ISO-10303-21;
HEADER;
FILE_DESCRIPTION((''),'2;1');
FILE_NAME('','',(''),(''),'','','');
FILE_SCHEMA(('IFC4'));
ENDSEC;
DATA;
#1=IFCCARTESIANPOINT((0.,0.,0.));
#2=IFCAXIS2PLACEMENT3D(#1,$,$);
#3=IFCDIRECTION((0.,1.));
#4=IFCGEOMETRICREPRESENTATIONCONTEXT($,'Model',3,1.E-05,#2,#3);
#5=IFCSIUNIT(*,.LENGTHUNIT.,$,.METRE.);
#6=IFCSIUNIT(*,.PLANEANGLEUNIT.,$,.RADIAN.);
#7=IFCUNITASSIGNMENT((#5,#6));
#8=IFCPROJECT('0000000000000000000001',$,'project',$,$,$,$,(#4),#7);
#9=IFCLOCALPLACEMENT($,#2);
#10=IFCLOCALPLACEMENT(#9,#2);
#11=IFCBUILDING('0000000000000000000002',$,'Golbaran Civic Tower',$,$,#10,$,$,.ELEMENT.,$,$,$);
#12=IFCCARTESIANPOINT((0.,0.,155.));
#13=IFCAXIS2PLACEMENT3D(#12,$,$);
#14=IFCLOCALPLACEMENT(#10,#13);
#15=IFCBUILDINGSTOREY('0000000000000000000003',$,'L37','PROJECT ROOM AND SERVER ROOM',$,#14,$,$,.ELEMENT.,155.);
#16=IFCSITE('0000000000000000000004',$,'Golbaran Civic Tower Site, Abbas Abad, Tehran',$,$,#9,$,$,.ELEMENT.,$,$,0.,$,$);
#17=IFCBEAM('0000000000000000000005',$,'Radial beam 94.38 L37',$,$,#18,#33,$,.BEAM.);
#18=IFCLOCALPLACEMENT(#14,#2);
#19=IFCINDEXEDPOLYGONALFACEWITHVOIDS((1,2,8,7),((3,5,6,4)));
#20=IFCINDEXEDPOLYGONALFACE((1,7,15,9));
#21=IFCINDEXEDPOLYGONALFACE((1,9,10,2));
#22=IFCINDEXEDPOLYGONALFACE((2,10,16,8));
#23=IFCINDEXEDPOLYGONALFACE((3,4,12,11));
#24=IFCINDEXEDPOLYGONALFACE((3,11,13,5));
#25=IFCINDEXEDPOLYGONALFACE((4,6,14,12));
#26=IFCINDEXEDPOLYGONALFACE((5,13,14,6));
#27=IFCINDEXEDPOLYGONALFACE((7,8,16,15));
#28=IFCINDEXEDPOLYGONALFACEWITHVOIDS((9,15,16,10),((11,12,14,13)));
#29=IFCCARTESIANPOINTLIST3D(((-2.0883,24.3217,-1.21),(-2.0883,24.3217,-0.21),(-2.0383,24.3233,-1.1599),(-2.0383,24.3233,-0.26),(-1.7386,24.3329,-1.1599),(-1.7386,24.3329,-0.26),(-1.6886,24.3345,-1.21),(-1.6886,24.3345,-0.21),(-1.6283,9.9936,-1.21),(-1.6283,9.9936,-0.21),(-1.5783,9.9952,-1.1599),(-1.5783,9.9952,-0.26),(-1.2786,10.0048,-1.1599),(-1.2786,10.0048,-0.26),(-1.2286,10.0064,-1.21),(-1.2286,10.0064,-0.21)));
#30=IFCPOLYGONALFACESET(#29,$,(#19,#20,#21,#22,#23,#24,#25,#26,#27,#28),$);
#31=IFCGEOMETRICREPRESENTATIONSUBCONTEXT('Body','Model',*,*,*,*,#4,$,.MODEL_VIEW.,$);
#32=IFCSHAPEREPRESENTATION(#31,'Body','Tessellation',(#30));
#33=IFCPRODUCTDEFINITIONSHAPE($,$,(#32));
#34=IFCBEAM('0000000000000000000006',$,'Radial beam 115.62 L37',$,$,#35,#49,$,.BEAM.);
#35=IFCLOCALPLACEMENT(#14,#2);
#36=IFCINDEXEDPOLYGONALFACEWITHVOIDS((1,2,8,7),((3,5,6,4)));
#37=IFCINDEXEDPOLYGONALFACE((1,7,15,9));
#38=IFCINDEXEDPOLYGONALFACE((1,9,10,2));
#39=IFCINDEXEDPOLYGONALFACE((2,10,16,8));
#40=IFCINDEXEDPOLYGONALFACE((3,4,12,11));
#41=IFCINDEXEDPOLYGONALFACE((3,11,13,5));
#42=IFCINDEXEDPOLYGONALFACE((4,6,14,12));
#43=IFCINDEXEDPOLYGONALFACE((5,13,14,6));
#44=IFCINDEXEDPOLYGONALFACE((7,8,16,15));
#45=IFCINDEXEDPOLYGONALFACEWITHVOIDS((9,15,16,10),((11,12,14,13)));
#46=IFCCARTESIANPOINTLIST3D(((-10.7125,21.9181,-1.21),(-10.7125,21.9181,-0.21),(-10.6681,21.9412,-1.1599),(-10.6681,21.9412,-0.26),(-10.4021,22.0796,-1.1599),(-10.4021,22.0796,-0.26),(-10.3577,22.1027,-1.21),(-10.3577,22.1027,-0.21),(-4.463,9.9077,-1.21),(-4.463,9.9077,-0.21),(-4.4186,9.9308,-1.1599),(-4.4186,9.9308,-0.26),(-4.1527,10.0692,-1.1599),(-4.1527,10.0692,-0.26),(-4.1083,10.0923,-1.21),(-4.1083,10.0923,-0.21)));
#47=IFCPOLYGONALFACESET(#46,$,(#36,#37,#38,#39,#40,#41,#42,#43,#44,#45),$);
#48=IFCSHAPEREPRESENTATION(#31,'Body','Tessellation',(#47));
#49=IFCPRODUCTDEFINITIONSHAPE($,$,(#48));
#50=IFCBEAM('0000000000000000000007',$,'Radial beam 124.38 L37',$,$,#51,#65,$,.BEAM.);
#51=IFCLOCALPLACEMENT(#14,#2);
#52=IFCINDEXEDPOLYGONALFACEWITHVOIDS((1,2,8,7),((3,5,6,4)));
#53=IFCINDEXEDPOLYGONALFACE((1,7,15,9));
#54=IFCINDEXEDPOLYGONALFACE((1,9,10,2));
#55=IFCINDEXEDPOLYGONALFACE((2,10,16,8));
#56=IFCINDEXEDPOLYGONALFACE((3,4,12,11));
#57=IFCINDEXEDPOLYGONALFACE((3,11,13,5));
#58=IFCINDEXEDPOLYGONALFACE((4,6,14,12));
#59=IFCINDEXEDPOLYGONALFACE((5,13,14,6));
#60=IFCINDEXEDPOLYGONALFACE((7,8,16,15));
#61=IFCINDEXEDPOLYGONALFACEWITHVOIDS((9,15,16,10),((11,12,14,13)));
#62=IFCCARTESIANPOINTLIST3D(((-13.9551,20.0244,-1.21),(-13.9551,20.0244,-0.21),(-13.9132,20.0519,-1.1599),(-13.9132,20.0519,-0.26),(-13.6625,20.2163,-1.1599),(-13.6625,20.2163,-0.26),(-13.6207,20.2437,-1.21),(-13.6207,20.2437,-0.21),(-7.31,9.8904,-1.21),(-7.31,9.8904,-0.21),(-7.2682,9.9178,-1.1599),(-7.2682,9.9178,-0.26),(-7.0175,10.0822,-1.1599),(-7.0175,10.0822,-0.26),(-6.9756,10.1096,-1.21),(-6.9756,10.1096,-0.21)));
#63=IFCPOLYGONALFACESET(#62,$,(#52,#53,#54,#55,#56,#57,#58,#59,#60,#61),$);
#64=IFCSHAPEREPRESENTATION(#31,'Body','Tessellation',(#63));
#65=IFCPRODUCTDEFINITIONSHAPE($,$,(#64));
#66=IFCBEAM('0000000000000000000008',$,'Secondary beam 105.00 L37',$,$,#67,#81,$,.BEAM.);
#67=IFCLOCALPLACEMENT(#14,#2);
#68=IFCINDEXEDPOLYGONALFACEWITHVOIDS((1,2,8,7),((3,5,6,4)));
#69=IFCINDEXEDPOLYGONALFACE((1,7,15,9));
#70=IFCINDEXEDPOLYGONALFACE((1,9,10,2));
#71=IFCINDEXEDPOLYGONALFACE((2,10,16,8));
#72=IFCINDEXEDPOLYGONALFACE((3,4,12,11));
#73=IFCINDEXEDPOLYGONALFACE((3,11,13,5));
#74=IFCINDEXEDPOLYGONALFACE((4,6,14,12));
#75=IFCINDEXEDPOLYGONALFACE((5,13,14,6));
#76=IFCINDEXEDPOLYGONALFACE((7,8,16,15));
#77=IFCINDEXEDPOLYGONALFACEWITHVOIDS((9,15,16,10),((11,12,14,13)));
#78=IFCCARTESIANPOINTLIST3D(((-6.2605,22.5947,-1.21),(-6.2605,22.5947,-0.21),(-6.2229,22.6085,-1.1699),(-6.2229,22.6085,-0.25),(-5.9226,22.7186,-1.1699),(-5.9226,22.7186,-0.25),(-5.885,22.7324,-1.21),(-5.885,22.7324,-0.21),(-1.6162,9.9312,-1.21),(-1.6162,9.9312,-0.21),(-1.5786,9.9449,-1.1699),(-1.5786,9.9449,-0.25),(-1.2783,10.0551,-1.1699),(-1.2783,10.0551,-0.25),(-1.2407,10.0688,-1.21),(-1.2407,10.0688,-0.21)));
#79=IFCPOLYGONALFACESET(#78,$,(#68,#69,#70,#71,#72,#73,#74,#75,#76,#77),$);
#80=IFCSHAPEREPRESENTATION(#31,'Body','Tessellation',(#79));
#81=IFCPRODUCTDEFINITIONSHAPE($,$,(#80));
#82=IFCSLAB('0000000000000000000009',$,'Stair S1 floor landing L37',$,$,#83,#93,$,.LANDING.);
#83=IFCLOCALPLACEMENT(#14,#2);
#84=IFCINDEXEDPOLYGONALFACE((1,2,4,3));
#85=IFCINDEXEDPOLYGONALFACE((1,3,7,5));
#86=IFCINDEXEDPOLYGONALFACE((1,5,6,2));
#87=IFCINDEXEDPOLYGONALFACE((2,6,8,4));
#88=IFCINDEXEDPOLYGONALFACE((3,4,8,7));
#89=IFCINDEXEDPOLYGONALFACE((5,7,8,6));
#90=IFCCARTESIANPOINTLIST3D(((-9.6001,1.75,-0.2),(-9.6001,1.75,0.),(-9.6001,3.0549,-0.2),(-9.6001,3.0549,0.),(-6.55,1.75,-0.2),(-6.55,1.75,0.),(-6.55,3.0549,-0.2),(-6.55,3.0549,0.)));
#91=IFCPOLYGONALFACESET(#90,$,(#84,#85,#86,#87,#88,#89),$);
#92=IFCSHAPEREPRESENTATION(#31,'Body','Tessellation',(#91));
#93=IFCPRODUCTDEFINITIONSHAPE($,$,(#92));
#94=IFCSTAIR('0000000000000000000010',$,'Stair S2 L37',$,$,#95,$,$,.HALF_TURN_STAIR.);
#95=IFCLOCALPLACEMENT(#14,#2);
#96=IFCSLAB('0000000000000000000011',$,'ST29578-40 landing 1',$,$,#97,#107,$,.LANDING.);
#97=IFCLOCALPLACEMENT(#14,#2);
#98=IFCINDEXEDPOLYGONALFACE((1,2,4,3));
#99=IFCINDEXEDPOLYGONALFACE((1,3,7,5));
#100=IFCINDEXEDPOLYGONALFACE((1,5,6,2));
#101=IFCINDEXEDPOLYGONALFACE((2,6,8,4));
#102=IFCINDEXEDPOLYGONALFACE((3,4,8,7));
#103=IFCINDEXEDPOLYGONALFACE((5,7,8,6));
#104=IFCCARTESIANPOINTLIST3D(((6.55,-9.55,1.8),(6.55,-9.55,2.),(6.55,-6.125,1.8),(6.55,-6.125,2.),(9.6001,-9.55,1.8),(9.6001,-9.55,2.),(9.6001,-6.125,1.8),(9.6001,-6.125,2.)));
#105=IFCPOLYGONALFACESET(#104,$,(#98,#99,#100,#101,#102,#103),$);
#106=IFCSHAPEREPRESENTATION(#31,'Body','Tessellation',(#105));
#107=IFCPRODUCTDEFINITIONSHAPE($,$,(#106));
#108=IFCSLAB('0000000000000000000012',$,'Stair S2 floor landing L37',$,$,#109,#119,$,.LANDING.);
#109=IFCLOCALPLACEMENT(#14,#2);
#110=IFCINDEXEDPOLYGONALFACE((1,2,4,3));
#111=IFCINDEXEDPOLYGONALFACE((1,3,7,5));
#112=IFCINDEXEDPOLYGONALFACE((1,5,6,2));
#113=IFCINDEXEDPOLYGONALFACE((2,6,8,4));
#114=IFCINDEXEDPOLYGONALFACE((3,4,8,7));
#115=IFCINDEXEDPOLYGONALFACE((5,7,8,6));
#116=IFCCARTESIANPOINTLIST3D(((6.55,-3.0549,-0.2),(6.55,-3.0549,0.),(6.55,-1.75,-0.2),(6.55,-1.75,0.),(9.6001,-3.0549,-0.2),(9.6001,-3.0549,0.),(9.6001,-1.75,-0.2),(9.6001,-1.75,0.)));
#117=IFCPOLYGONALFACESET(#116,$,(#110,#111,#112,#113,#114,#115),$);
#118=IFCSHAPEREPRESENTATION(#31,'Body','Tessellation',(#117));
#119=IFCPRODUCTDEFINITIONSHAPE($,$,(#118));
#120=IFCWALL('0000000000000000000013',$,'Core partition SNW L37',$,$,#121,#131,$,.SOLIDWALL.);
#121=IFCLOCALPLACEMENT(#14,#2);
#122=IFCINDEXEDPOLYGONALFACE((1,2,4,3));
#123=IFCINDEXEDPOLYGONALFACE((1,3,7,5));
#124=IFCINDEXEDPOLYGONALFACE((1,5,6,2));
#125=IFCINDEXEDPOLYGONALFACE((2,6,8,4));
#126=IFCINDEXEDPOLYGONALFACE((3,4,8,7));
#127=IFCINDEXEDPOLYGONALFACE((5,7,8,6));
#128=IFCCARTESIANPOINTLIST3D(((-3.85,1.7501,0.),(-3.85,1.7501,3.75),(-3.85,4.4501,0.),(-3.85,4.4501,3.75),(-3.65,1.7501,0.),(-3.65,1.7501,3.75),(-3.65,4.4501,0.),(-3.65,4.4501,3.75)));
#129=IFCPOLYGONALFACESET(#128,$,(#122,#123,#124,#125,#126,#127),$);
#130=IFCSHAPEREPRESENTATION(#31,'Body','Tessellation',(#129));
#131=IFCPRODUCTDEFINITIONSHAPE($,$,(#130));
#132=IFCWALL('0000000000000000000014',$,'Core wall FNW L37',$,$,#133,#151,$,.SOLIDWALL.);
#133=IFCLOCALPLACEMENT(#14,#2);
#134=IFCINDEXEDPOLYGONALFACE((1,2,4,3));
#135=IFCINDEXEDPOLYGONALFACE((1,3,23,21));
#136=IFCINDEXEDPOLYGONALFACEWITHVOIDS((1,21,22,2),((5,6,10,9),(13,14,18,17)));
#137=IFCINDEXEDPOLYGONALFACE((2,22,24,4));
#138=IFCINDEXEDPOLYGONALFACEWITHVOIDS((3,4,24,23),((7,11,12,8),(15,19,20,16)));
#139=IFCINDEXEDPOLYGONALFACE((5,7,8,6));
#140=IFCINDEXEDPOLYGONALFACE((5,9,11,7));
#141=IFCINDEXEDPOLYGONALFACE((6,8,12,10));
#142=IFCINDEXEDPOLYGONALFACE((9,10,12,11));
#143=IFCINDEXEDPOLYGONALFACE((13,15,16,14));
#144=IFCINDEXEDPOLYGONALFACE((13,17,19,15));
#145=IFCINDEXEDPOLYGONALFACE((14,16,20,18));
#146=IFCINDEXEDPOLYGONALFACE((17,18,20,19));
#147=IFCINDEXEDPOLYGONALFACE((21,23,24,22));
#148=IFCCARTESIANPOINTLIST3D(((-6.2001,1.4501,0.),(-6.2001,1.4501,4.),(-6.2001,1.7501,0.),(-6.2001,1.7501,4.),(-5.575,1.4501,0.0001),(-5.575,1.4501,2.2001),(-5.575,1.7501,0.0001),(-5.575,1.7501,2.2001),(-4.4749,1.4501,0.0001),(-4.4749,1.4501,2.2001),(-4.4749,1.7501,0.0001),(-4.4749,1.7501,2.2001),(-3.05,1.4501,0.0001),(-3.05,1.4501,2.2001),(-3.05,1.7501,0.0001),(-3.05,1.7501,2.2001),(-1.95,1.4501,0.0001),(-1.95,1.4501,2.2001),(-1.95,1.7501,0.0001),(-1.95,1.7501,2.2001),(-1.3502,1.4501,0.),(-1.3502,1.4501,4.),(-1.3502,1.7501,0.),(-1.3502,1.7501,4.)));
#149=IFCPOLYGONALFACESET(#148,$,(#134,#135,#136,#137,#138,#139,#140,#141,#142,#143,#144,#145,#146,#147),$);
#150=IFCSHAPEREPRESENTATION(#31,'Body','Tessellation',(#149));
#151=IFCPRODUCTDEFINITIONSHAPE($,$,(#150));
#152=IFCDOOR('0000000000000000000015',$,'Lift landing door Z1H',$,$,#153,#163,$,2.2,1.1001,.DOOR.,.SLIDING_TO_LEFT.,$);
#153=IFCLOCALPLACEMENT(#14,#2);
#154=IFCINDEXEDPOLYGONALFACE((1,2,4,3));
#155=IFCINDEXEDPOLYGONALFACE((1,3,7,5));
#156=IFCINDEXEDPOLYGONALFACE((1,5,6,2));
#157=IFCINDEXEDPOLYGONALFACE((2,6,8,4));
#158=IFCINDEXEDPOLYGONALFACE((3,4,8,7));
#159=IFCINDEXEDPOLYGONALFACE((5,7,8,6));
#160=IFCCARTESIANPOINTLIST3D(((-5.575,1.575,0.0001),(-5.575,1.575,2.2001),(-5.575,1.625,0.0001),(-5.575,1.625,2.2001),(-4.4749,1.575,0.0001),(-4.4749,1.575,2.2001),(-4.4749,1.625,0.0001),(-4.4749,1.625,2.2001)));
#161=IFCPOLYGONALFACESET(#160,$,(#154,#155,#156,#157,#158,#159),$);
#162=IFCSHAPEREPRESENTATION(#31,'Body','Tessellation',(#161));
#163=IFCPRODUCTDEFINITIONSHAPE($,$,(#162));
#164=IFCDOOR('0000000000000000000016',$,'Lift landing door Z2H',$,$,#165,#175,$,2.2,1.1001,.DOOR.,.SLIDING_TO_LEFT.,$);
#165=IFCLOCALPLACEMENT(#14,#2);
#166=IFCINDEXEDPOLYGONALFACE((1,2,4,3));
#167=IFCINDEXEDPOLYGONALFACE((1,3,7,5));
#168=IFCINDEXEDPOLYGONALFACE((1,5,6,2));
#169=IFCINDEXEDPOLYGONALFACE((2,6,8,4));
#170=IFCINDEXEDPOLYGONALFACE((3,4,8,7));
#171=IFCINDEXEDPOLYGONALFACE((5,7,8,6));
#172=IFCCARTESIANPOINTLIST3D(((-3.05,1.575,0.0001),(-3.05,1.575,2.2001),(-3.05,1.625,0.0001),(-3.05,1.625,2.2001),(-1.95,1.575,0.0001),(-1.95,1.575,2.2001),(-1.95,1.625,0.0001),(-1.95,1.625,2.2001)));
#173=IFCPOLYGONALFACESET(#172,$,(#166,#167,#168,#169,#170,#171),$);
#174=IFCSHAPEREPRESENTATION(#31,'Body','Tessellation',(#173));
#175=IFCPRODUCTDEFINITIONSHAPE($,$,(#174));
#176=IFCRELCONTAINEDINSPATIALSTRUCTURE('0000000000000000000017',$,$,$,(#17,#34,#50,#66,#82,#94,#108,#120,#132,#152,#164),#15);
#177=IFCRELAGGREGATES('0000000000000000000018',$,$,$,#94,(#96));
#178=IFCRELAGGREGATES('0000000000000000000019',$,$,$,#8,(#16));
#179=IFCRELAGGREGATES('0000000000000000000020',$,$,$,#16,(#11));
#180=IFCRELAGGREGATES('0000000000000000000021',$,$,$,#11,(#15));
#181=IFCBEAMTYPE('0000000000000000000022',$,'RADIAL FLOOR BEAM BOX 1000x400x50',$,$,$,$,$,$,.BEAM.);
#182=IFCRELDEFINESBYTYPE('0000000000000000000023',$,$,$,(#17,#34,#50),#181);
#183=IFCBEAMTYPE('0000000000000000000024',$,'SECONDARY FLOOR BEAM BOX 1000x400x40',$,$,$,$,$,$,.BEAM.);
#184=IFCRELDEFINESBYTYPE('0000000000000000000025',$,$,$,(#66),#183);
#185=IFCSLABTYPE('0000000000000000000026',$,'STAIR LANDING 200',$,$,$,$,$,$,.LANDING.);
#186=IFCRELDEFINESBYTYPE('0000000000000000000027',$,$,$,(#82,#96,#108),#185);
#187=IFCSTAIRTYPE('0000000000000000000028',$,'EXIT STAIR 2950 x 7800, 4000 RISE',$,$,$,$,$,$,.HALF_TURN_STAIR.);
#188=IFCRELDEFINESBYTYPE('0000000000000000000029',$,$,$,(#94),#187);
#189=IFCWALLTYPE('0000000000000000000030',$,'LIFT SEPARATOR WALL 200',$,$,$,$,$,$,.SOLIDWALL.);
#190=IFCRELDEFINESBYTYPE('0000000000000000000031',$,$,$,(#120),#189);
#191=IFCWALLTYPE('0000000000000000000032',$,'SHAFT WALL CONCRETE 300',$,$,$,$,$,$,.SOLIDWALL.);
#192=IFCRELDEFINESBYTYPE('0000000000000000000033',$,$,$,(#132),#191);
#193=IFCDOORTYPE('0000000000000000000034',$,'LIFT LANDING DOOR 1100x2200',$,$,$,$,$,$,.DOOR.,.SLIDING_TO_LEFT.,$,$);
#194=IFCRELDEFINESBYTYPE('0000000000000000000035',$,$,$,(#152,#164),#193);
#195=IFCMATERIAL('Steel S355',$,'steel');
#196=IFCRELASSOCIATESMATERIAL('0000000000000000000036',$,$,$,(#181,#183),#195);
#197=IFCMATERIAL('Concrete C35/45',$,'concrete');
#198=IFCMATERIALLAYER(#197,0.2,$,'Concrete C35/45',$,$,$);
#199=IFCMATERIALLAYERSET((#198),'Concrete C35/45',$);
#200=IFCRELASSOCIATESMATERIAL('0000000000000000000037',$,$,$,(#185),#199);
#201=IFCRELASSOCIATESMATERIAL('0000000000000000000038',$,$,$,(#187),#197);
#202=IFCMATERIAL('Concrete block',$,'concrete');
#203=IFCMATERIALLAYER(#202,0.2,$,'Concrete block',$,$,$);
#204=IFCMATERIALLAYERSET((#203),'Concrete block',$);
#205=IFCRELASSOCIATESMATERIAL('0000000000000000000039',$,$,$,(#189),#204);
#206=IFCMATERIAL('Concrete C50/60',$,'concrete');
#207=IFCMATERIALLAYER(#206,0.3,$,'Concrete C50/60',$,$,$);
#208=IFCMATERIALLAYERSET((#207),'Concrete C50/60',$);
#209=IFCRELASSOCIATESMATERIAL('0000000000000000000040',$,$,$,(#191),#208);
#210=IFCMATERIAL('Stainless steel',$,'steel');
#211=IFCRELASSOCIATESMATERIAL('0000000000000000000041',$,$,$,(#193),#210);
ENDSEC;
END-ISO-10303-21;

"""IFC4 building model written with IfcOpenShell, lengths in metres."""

from ifc_helpers import new_model, si_unit, direction, frame, frame_2d, origin, origin_2d, place, context, subcontext, project, spatial, polyline, rectangle, hollow_rectangle, outline, extrude, material, layer, layer_set, material_profile, profile_set, type_object, element, fill, aggregate, save


model = new_model("IFC4")

# Units and contexts
model_context = context("Model", 3, precision=1e-05, world=origin(), true_north=direction((0.0, 1.0)))
body_context = subcontext(model_context, "Body", "Model", "MODEL_VIEW")
ifc_project = project(units=[si_unit("LENGTHUNIT", "METRE"), si_unit("PLANEANGLEUNIT", "RADIAN")], contexts=[model_context])

# Site, building, storey
site_placement = place(None, origin())
site = spatial("IfcSite", under=ifc_project, at=site_placement, Name="Golbaran Civic Tower Site, Abbas Abad, Tehran", CompositionType="ELEMENT", RefElevation=0.0)
building_placement = place(site_placement, origin())
building = spatial("IfcBuilding", under=site, at=building_placement, Name="Golbaran Civic Tower", CompositionType="ELEMENT")
storey_placement = place(building_placement, frame((0.0, 0.0, 155.0)))
storey = spatial("IfcBuildingStorey", under=building, at=storey_placement, Name="L37", Description="PROJECT ROOM AND SERVER ROOM", CompositionType="ELEMENT", Elevation=155.0)

# Beams
ifc_material_1 = material(Name="Steel S355", Category="steel")
ifc_material_profile_1 = material_profile(ifc_material_1, hollow_rectangle(XDim=0.3999, YDim=1.0, WallThickness=0.05, at=origin_2d()), Name="BOX 1000x400x50")
ifc_profile_set_1 = profile_set([ifc_material_profile_1], Name="Steel S355")
beam_type_1 = type_object("IfcBeamType", Name="RADIAL FLOOR BEAM BOX 1000x400x50", PredefinedType="BEAM", material=ifc_profile_set_1)
beam_1_placement = place(storey_placement, frame((-1.4285, 10.0, -0.71), z_axis=(-0.032085, 0.999485, 0.0), x_axis=(-0.999485, -0.032085, 0.0)))
element("IfcBeam", 1, at=beam_1_placement, inside=storey, type_object=beam_type_1, Name="Radial beam 94.38 L37", PredefinedType="BEAM", context=body_context, shape_type="SweptSolid", body=[
    extrude(hollow_rectangle(XDim=0.3999, YDim=1.0, WallThickness=0.05, at=origin_2d()), origin(), (0.0, 0.0, 1.0), 14.3354),
])
beam_2_placement = place(storey_placement, frame((-4.2856, 10.0, -0.71), z_axis=(-0.461588, 0.887094, 0.0), x_axis=(-0.887094, -0.461588, 0.0)))
element("IfcBeam", 2, at=beam_2_placement, inside=storey, type_object=beam_type_1, Name="Radial beam 115.62 L37", PredefinedType="BEAM", context=body_context, shape_type="SweptSolid", body=[
    extrude(hollow_rectangle(XDim=0.3999, YDim=1.0, WallThickness=0.05, at=origin_2d()), origin(), (0.0, 0.0, 1.0), 13.5391),
])
beam_3_placement = place(storey_placement, frame((-7.1428, 10.0, -0.71), z_axis=(-0.548343, 0.836254, 0.0), x_axis=(-0.836254, -0.548343, 0.0)))
element("IfcBeam", 3, at=beam_3_placement, inside=storey, type_object=beam_type_1, Name="Radial beam 124.38 L37", PredefinedType="BEAM", context=body_context, shape_type="SweptSolid", body=[
    extrude(hollow_rectangle(XDim=0.3999, YDim=1.0, WallThickness=0.05, at=origin_2d()), origin(), (0.0, 0.0, 1.0), 12.1184),
])
ifc_material_profile_2 = material_profile(ifc_material_1, hollow_rectangle(XDim=0.3999, YDim=1.0, WallThickness=0.04, at=origin_2d()), Name="BOX 1000x400x40")
ifc_profile_set_2 = profile_set([ifc_material_profile_2], Name="Steel S355")
beam_type_2 = type_object("IfcBeamType", Name="SECONDARY FLOOR BEAM BOX 1000x400x40", PredefinedType="BEAM", material=ifc_profile_set_2)
beam_4_placement = place(storey_placement, frame((-1.4285, 10.0, -0.71), z_axis=(-0.344318, 0.938853, 0.0), x_axis=(-0.938853, -0.344318, 0.0)))
element("IfcBeam", 4, at=beam_4_placement, inside=storey, type_object=beam_type_2, Name="Secondary beam 105.00 L37", PredefinedType="BEAM", context=body_context, shape_type="SweptSolid", body=[
    extrude(hollow_rectangle(XDim=0.3999, YDim=1.0, WallThickness=0.04, at=origin_2d()), origin(), (0.0, 0.0, 1.0), 13.4883),
])

# Slab
ifc_material_2 = material(Name="Concrete C35/45", Category="concrete")
ifc_layer_1 = layer(ifc_material_2, 0.2, Name="Concrete C35/45")
ifc_layer_set_1 = layer_set([ifc_layer_1], Name="Concrete C35/45")
slab_type = type_object("IfcSlabType", Name="STAIR LANDING 200", PredefinedType="LANDING", material=ifc_layer_set_1)
slab_1_placement = place(storey_placement, frame((0.0, 0.0, -0.2)))
element("IfcSlab", 5, at=slab_1_placement, inside=storey, type_object=slab_type, Name="Stair S1 floor landing L37", PredefinedType="LANDING", context=body_context, shape_type="SweptSolid", body=[
    extrude(outline(polyline([(-9.6001, 1.75), (-9.6001, 3.0549), (-6.55, 3.0549), (-6.55, 1.75), (-9.6001, 1.75)])), origin(), (0.0, 0.0, 1.0), 0.2),
])

# Stair, slab
stair_type = type_object("IfcStairType", Name="EXIT STAIR 2950 x 7800, 4000 RISE", PredefinedType="HALF_TURN_STAIR", material=ifc_material_2)
stair_1_placement = place(storey_placement, origin())
stair_1 = element("IfcStair", 6, at=stair_1_placement, inside=storey, type_object=stair_type, Name="Stair S2 L37", PredefinedType="HALF_TURN_STAIR")
slab_2_placement = place(storey_placement, frame((0.0, 0.0, 1.8)))
slab_2 = element("IfcSlab", 7, at=slab_2_placement, type_object=slab_type, Name="ST29578-40 landing 1", PredefinedType="LANDING", context=body_context, shape_type="SweptSolid", body=[
    extrude(outline(polyline([(9.6001, -6.125), (9.6001, -9.55), (6.55, -9.55), (6.55, -6.125), (9.6001, -6.125)])), origin(), (0.0, 0.0, 1.0), 0.2),
])
aggregate(stair_1, [slab_2])

# Slab
slab_3_placement = place(storey_placement, frame((0.0, 0.0, -0.2)))
element("IfcSlab", 8, at=slab_3_placement, inside=storey, type_object=slab_type, Name="Stair S2 floor landing L37", PredefinedType="LANDING", context=body_context, shape_type="SweptSolid", body=[
    extrude(outline(polyline([(9.6001, -1.75), (9.6001, -3.0549), (6.55, -3.0549), (6.55, -1.75), (9.6001, -1.75)])), origin(), (0.0, 0.0, 1.0), 0.2),
])

# Wall
ifc_material_3 = material(Name="Concrete block", Category="concrete")
ifc_layer_2 = layer(ifc_material_3, 0.2, Name="Concrete block")
ifc_layer_set_2 = layer_set([ifc_layer_2], Name="Concrete block")
wall_type_1 = type_object("IfcWallType", Name="LIFT SEPARATOR WALL 200", PredefinedType="SOLIDWALL", material=ifc_layer_set_2)
wall_1_placement = place(storey_placement, frame((-3.75, 1.75, 0.0), z_axis=(0.0, 0.0, 1.0), x_axis=(0.0, 1.0, 0.0)))
element("IfcWall", 9, at=wall_1_placement, inside=storey, type_object=wall_type_1, Name="Core partition SNW L37", PredefinedType="SOLIDWALL", context=body_context, shape_type="SweptSolid", body=[
    extrude(rectangle(XDim=2.7, YDim=0.2, at=frame_2d((1.3501, 0.0))), origin(), (0.0, 0.0, 1.0), 3.75),
])

# Wall, openings, doors
ifc_material_4 = material(Name="Concrete C50/60", Category="concrete")
ifc_layer_3 = layer(ifc_material_4, 0.3, Name="Concrete C50/60")
ifc_layer_set_3 = layer_set([ifc_layer_3], Name="Concrete C50/60")
wall_type_2 = type_object("IfcWallType", Name="SHAFT WALL CONCRETE 300", PredefinedType="SOLIDWALL", material=ifc_layer_set_3)
wall_2_placement = place(storey_placement, frame((-6.2, 1.6001, 0.0), z_axis=(0.0, 0.0, 1.0), x_axis=(1.0, 0.0, 0.0)))
wall_2 = element("IfcWall", 10, at=wall_2_placement, inside=storey, type_object=wall_type_2, Name="Core wall FNW L37", PredefinedType="SOLIDWALL", context=body_context, shape_type="SweptSolid", body=[
    extrude(rectangle(XDim=4.8499, YDim=0.3, at=frame_2d((2.4248, 0.0))), origin(), (0.0, 0.0, 1.0), 4.0),
])
opening_1_placement = place(wall_2_placement, frame((0.625, 0.0, 0.0)))
opening_1 = element("IfcOpeningElement", 11, at=opening_1_placement, cuts=wall_2, PredefinedType="OPENING", context=body_context, shape_type="SweptSolid", body=[
    extrude(rectangle(XDim=1.1001, YDim=2.2, at=frame_2d((0.55, 1.1001))), frame((0.0, 0.1599, 0.0), z_axis=(0.0, -1.0, 0.0), x_axis=(1.0, 0.0, 0.0)), (0.0, 0.0, 1.0), 0.3201),
])
opening_2_placement = place(wall_2_placement, frame((3.1499, 0.0, 0.0)))
opening_2 = element("IfcOpeningElement", 12, at=opening_2_placement, cuts=wall_2, PredefinedType="OPENING", context=body_context, shape_type="SweptSolid", body=[
    extrude(rectangle(XDim=1.1001, YDim=2.2, at=frame_2d((0.55, 1.1001))), frame((0.0, 0.1599, 0.0), z_axis=(0.0, -1.0, 0.0), x_axis=(1.0, 0.0, 0.0)), (0.0, 0.0, 1.0), 0.3201),
])
ifc_material_5 = material(Name="Stainless steel", Category="steel")
door_type_1 = type_object("IfcDoorType", Name="LIFT LANDING DOOR 1100x2200", OperationType="SLIDING_TO_LEFT", PredefinedType="DOOR", material=ifc_material_5)
door_1_placement = place(opening_1_placement, origin())
door_1 = element("IfcDoor", 13, at=door_1_placement, inside=storey, type_object=door_type_1, Name="Lift landing door Z1H", OperationType="SLIDING_TO_LEFT", OverallHeight=2.2, OverallWidth=1.1001, PredefinedType="DOOR", context=body_context, shape_type="SweptSolid", body=[
    extrude(rectangle(XDim=1.1001, YDim=2.2, at=frame_2d((0.55, 1.1001))), frame((0.0, 0.0249, 0.0), z_axis=(0.0, -1.0, 0.0), x_axis=(1.0, 0.0, 0.0)), (0.0, 0.0, 1.0), 0.05),
])
fill(opening_1, door_1)
door_2_placement = place(opening_2_placement, origin())
door_2 = element("IfcDoor", 14, at=door_2_placement, inside=storey, type_object=door_type_1, Name="Lift landing door Z2H", OperationType="SLIDING_TO_LEFT", OverallHeight=2.2, OverallWidth=1.1001, PredefinedType="DOOR", context=body_context, shape_type="SweptSolid", body=[
    extrude(rectangle(XDim=1.1001, YDim=2.2, at=frame_2d((0.55, 1.1001))), frame((0.0, 0.0249, 0.0), z_axis=(0.0, -1.0, 0.0), x_axis=(1.0, 0.0, 0.0)), (0.0, 0.0, 1.0), 0.05),
])
fill(opening_2, door_2)

save(model, "model.ifc")
